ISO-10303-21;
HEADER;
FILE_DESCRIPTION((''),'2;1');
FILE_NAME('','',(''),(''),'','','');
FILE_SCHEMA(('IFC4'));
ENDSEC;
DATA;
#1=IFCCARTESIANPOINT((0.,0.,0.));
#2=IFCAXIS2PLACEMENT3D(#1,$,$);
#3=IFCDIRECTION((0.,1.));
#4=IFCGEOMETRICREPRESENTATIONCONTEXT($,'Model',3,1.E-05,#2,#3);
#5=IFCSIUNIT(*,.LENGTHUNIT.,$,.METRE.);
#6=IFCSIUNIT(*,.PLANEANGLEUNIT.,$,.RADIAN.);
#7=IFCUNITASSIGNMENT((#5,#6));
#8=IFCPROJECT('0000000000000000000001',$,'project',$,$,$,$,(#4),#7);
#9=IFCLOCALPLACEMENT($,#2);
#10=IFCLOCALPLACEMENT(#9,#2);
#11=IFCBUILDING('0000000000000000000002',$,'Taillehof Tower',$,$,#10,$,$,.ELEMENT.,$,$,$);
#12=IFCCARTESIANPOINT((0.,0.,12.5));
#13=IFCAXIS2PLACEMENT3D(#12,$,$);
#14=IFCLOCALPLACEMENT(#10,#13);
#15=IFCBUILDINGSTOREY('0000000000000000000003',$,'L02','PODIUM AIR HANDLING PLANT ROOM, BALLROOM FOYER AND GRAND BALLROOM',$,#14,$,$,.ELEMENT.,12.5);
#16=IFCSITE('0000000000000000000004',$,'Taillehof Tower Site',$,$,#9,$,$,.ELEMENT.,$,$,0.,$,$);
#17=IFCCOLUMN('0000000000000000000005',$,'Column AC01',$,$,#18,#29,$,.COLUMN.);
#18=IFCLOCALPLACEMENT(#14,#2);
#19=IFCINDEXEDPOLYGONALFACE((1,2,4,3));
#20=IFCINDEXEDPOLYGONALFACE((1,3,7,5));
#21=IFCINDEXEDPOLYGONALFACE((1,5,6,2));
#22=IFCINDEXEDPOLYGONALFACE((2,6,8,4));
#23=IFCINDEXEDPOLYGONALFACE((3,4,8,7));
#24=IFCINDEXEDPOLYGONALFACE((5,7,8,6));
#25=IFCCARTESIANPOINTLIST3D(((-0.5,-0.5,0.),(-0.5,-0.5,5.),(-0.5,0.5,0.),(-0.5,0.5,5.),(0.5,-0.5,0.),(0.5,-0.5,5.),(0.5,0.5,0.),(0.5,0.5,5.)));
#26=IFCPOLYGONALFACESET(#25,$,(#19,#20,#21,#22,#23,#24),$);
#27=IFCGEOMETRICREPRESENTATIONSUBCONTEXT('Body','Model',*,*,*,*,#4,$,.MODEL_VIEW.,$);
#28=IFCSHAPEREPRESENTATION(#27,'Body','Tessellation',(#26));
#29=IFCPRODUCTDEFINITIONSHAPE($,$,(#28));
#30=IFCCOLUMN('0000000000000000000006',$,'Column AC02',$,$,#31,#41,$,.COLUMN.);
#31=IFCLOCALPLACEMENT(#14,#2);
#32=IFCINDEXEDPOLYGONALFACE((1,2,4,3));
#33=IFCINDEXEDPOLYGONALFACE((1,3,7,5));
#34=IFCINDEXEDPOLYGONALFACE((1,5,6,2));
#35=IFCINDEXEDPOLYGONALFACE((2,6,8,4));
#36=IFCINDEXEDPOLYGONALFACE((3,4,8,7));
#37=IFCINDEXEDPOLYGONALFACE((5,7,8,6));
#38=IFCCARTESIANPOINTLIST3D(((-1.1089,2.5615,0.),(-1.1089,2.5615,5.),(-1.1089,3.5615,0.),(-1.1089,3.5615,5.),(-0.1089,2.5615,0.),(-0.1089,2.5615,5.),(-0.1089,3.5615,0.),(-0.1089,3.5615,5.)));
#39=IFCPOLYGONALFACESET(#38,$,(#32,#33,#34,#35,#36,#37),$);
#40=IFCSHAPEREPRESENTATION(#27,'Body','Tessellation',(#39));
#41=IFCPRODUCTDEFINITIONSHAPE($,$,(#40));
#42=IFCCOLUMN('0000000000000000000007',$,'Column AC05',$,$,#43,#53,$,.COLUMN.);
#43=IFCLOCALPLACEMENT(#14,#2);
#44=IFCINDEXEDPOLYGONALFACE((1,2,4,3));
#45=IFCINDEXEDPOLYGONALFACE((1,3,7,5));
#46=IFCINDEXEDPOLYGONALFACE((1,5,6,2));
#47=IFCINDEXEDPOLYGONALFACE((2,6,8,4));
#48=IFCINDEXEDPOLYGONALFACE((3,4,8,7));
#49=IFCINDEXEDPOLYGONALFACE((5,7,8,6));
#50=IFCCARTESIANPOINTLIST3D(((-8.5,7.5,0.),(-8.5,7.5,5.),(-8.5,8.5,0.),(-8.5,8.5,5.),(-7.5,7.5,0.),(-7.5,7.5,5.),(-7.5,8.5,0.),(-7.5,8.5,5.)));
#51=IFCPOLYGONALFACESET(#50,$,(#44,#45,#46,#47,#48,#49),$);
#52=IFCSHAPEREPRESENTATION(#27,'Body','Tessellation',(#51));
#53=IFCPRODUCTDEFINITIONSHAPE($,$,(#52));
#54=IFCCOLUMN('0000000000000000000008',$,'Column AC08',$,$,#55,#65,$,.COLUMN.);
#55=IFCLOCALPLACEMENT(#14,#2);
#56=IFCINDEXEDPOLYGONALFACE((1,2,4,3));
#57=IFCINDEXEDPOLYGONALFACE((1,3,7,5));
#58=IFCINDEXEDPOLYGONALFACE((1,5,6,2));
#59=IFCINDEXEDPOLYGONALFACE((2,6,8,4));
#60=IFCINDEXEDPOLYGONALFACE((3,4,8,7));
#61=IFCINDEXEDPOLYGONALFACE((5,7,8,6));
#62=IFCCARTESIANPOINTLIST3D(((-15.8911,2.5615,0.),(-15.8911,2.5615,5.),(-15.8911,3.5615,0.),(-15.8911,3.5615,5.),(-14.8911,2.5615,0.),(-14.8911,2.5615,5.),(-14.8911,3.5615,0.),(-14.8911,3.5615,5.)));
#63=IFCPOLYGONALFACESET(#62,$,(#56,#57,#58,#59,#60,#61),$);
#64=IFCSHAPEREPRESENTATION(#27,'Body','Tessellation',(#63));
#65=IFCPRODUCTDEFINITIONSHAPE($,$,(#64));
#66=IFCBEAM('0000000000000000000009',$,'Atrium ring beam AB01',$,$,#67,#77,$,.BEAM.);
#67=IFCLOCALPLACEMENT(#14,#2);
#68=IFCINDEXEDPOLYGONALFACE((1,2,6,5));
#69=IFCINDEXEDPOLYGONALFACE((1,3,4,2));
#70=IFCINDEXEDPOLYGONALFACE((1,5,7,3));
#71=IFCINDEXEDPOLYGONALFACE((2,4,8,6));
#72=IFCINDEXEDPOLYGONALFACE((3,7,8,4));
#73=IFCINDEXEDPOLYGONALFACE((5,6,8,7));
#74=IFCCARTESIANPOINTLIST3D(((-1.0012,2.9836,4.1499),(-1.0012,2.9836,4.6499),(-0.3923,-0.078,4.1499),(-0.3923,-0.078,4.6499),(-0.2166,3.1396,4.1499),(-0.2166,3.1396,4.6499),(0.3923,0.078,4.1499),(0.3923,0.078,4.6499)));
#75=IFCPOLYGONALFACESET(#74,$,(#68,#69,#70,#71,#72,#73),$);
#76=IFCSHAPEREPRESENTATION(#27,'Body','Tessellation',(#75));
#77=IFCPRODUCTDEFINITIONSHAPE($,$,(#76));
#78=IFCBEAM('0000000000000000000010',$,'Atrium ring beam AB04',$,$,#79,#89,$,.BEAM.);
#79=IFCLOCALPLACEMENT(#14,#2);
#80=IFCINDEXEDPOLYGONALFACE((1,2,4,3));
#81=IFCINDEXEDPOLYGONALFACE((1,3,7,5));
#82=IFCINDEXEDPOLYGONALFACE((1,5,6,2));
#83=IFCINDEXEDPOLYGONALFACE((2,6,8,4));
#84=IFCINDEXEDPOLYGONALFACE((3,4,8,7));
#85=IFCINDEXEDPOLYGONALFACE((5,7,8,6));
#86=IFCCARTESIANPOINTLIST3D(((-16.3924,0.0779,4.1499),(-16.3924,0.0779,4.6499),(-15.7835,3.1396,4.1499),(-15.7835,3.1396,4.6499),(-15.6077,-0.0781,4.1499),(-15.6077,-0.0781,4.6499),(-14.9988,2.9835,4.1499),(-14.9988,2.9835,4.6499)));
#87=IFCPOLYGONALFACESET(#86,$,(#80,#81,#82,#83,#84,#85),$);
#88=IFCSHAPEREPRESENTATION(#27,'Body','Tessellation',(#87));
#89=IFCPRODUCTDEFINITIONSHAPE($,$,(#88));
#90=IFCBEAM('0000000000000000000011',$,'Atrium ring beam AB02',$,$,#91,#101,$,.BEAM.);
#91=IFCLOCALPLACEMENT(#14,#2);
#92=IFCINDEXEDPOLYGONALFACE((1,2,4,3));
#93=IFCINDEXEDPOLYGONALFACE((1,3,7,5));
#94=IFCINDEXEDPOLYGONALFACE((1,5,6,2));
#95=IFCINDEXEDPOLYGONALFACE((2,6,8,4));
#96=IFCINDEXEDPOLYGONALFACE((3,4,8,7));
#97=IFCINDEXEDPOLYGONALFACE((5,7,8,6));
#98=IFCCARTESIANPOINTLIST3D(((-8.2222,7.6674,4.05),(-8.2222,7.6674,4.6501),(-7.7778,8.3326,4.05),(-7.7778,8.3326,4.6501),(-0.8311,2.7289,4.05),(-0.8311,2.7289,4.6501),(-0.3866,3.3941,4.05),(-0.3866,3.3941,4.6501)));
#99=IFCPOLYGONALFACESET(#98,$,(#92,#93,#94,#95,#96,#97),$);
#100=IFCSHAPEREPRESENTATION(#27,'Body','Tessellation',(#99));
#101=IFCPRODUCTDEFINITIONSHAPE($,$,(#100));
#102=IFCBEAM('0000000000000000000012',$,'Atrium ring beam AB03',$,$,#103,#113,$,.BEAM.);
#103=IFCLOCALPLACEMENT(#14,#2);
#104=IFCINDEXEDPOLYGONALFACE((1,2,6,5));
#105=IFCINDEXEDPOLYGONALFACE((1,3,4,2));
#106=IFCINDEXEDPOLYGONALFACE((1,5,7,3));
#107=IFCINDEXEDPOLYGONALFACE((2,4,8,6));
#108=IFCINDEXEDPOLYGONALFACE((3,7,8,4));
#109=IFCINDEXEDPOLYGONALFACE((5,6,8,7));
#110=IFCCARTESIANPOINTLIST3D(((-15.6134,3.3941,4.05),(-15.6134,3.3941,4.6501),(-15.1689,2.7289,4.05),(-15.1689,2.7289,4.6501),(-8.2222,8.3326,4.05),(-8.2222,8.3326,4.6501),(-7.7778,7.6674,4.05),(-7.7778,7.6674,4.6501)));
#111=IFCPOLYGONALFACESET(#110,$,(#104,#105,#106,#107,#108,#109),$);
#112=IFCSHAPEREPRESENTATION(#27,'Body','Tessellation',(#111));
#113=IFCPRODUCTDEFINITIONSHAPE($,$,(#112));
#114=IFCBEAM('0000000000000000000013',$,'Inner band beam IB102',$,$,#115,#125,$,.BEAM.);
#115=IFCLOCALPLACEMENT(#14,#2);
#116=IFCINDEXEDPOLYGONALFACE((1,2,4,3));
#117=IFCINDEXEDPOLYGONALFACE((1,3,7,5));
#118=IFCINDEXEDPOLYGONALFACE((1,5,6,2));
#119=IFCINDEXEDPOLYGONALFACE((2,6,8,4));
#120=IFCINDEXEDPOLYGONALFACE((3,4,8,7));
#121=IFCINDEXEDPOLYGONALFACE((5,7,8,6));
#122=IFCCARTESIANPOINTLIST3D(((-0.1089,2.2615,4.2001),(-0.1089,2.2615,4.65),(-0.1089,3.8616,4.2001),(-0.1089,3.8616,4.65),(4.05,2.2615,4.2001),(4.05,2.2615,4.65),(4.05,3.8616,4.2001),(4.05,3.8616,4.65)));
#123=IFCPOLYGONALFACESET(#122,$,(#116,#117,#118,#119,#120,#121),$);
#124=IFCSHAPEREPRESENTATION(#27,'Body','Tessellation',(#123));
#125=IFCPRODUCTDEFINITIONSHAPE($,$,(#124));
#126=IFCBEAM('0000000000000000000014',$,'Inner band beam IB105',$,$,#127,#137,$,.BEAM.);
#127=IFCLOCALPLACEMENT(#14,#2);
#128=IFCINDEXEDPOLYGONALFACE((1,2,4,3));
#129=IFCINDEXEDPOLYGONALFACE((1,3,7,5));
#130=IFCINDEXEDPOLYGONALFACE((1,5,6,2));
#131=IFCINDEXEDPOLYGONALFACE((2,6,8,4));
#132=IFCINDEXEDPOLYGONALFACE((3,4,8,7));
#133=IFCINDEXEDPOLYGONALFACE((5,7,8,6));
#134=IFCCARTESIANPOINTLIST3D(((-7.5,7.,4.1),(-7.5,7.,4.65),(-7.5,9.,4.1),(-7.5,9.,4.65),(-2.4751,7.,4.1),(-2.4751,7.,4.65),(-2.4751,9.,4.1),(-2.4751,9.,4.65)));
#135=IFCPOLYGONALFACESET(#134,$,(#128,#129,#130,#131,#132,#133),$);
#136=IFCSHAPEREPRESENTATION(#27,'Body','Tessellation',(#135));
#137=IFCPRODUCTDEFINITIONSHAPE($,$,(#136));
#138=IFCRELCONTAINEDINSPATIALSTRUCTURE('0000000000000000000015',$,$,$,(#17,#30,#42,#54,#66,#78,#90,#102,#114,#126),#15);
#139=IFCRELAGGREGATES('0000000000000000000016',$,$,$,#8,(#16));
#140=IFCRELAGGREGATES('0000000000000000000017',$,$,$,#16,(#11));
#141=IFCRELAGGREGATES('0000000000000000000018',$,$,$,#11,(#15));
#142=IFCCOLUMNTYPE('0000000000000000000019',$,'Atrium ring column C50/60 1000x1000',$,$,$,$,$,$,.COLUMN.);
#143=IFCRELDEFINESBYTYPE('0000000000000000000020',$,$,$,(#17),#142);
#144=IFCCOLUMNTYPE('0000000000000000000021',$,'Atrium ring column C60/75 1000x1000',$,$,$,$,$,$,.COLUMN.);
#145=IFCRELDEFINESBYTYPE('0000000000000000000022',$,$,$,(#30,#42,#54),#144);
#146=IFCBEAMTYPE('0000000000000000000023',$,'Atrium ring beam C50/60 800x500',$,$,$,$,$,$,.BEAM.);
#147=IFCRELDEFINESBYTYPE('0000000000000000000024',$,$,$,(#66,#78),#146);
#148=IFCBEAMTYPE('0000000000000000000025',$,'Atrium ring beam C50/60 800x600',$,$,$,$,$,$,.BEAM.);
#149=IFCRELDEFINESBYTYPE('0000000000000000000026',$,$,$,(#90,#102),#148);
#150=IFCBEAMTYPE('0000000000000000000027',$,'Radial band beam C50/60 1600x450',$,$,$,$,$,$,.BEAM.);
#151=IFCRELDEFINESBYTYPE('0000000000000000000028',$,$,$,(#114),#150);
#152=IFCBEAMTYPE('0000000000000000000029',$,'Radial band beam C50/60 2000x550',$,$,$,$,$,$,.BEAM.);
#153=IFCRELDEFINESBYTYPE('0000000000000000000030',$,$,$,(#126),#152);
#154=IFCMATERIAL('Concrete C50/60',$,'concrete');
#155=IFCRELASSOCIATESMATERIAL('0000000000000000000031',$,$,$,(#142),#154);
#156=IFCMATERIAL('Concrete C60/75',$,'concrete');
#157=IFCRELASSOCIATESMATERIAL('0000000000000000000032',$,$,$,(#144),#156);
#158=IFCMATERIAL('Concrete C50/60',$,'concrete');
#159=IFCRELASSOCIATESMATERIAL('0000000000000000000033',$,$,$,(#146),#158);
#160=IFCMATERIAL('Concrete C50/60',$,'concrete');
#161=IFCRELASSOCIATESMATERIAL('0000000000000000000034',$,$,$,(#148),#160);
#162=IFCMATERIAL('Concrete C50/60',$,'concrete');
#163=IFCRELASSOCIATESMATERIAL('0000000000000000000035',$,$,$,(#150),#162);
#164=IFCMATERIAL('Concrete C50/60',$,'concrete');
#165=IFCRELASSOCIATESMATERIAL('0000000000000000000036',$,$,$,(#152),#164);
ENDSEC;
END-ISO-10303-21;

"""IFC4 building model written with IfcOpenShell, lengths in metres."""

from ifc_helpers import new_model, si_unit, direction, frame, origin, origin_with_axes, origin_2d, place, context, subcontext, project, spatial, rectangle, extrude, material, material_profile, profile_set, type_object, element, save


model = new_model("IFC4")

# Units and contexts
model_context = context("Model", 3, precision=1e-05, world=origin(), true_north=direction((0.0, 1.0)))
body_context = subcontext(model_context, "Body", "Model", "MODEL_VIEW")
ifc_project = project(units=[si_unit("LENGTHUNIT", "METRE"), si_unit("PLANEANGLEUNIT", "RADIAN")], contexts=[model_context])

# Site, building, storey
site_placement = place(None, origin())
site = spatial("IfcSite", under=ifc_project, at=site_placement, Name="Taillehof Tower Site", CompositionType="ELEMENT", RefElevation=0.0)
building_placement = place(site_placement, origin())
building = spatial("IfcBuilding", under=site, at=building_placement, Name="Taillehof Tower", CompositionType="ELEMENT")
storey_placement = place(building_placement, frame((0.0, 0.0, 12.5)))
storey = spatial("IfcBuildingStorey", under=building, at=storey_placement, Name="L02", Description="PODIUM AIR HANDLING PLANT ROOM, BALLROOM FOYER AND GRAND BALLROOM", CompositionType="ELEMENT", Elevation=12.5)

# Columns
ifc_material_1 = material(Name="Concrete C50/60", Category="concrete")
ifc_material_profile_1 = material_profile(ifc_material_1, rectangle(XDim=1.0, YDim=1.0, at=origin_2d()), Name="RC 1000x1000")
ifc_profile_set_1 = profile_set([ifc_material_profile_1], Name="Concrete C50/60")
column_type_1 = type_object("IfcColumnType", Name="Atrium ring column C50/60 1000x1000", PredefinedType="COLUMN", material=ifc_profile_set_1)
column_placement = place(storey_placement, origin_with_axes())
element("IfcColumn", 1, at=column_placement, inside=storey, type_object=column_type_1, Name="Column AC01", PredefinedType="COLUMN", context=body_context, shape_type="SweptSolid", body=[
    extrude(rectangle(XDim=1.0, YDim=1.0, at=origin_2d()), origin(), (0.0, 0.0, 1.0), 5.0),
])
ifc_material_2 = material(Name="Concrete C60/75", Category="concrete")
ifc_material_profile_2 = material_profile(ifc_material_2, rectangle(XDim=1.0, YDim=1.0, at=origin_2d()), Name="RC 1000x1000")
ifc_profile_set_2 = profile_set([ifc_material_profile_2], Name="Concrete C60/75")
column_type_2 = type_object("IfcColumnType", Name="Atrium ring column C60/75 1000x1000", PredefinedType="COLUMN", material=ifc_profile_set_2)
for number, where, z_axis, x_axis, name in (
    (2, (-0.6089, 3.0615, 0.0), (0.0, 0.0, 1.0), (1.0, 0.0, 0.0), "Column AC02"),
    (3, (-8.0, 8.0, 0.0), (0.0, 0.0, 1.0), (1.0, 0.0, 0.0), "Column AC05"),
    (4, (-15.3911, 3.0615, 0.0), (0.0, 0.0, 1.0), (1.0, 0.0, 0.0), "Column AC08"),
):
    element("IfcColumn", number, at=place(storey_placement, frame(where, z_axis=z_axis, x_axis=x_axis)), inside=storey, type_object=column_type_2, Name=name, PredefinedType="COLUMN", context=body_context, shape_type="SweptSolid", body=[
        extrude(rectangle(XDim=1.0, YDim=1.0, at=origin_2d()), origin(), (0.0, 0.0, 1.0), 5.0),
    ])

# Beams
ifc_material_3 = material(Name="Concrete C50/60", Category="concrete")
ifc_material_profile_3 = material_profile(ifc_material_3, rectangle(XDim=0.8, YDim=0.5, at=origin_2d()), Name="RC 800x500")
ifc_profile_set_3 = profile_set([ifc_material_profile_3], Name="Concrete C50/60")
beam_type_1 = type_object("IfcBeamType", Name="Atrium ring beam C50/60 800x500", PredefinedType="BEAM", material=ifc_profile_set_3)
for number, where, z_axis, x_axis, name in (
    (5, (0.0, 0.0, 4.3999), (-0.195063, 0.980791, 0.0), (-0.980791, -0.195063, 0.0), "Atrium ring beam AB01"),
    (6, (-15.3911, 3.0615, 4.3999), (-0.195063, -0.980791, 0.0), (0.980791, -0.195063, 0.0), "Atrium ring beam AB04"),
):
    element("IfcBeam", number, at=place(storey_placement, frame(where, z_axis=z_axis, x_axis=x_axis)), inside=storey, type_object=beam_type_1, Name=name, PredefinedType="BEAM", context=body_context, shape_type="SweptSolid", body=[
        extrude(rectangle(XDim=0.8, YDim=0.5, at=origin_2d()), origin(), (0.0, 0.0, 1.0), 3.1216),
    ])
ifc_material_4 = material(Name="Concrete C50/60", Category="concrete")
ifc_material_profile_4 = material_profile(ifc_material_4, rectangle(XDim=0.8, YDim=0.6001, at=origin_2d()), Name="RC 800x600")
ifc_profile_set_4 = profile_set([ifc_material_profile_4], Name="Concrete C50/60")
beam_type_2 = type_object("IfcBeamType", Name="Atrium ring beam C50/60 800x600", PredefinedType="BEAM", material=ifc_profile_set_4)
for number, where, z_axis, x_axis, name in (
    (7, (-0.6089, 3.0615, 4.3501), (-0.831475, 0.555562, 0.0), (-0.555562, -0.831475, 0.0), "Atrium ring beam AB02"),
    (8, (-8.0, 8.0, 4.3501), (-0.831475, -0.555562, 0.0), (0.555562, -0.831475, 0.0), "Atrium ring beam AB03"),
):
    element("IfcBeam", number, at=place(storey_placement, frame(where, z_axis=z_axis, x_axis=x_axis)), inside=storey, type_object=beam_type_2, Name=name, PredefinedType="BEAM", context=body_context, shape_type="SweptSolid", body=[
        extrude(rectangle(XDim=0.8, YDim=0.6001, at=origin_2d()), origin(), (0.0, 0.0, 1.0), 8.8892),
    ])
ifc_material_5 = material(Name="Concrete C50/60", Category="concrete")
ifc_material_profile_5 = material_profile(ifc_material_5, rectangle(XDim=1.6001, YDim=0.45, at=origin_2d()), Name="RC 1600x450")
ifc_profile_set_5 = profile_set([ifc_material_profile_5], Name="Concrete C50/60")
beam_type_3 = type_object("IfcBeamType", Name="Radial band beam C50/60 1600x450", PredefinedType="BEAM", material=ifc_profile_set_5)
beam_1_placement = place(storey_placement, frame((-0.1089, 3.0615, 4.425), z_axis=(1.0, 0.0, 0.0), x_axis=(0.0, 1.0, 0.0)))
element("IfcBeam", 9, at=beam_1_placement, inside=storey, type_object=beam_type_3, Name="Inner band beam IB102", PredefinedType="BEAM", context=body_context, shape_type="SweptSolid", body=[
    extrude(rectangle(XDim=1.6001, YDim=0.45, at=origin_2d()), origin(), (0.0, 0.0, 1.0), 4.1589),
])
ifc_material_6 = material(Name="Concrete C50/60", Category="concrete")
ifc_material_profile_6 = material_profile(ifc_material_6, rectangle(XDim=2.0, YDim=0.55, at=origin_2d()), Name="RC 2000x550")
ifc_profile_set_6 = profile_set([ifc_material_profile_6], Name="Concrete C50/60")
beam_type_4 = type_object("IfcBeamType", Name="Radial band beam C50/60 2000x550", PredefinedType="BEAM", material=ifc_profile_set_6)
beam_2_placement = place(storey_placement, frame((-7.5, 8.0, 4.375), z_axis=(1.0, 0.0, 0.0), x_axis=(0.0, 1.0, 0.0)))
element("IfcBeam", 10, at=beam_2_placement, inside=storey, type_object=beam_type_4, Name="Inner band beam IB105", PredefinedType="BEAM", context=body_context, shape_type="SweptSolid", body=[
    extrude(rectangle(XDim=2.0, YDim=0.55, at=origin_2d()), origin(), (0.0, 0.0, 1.0), 5.0249),
])

save(model, "model.ifc")
